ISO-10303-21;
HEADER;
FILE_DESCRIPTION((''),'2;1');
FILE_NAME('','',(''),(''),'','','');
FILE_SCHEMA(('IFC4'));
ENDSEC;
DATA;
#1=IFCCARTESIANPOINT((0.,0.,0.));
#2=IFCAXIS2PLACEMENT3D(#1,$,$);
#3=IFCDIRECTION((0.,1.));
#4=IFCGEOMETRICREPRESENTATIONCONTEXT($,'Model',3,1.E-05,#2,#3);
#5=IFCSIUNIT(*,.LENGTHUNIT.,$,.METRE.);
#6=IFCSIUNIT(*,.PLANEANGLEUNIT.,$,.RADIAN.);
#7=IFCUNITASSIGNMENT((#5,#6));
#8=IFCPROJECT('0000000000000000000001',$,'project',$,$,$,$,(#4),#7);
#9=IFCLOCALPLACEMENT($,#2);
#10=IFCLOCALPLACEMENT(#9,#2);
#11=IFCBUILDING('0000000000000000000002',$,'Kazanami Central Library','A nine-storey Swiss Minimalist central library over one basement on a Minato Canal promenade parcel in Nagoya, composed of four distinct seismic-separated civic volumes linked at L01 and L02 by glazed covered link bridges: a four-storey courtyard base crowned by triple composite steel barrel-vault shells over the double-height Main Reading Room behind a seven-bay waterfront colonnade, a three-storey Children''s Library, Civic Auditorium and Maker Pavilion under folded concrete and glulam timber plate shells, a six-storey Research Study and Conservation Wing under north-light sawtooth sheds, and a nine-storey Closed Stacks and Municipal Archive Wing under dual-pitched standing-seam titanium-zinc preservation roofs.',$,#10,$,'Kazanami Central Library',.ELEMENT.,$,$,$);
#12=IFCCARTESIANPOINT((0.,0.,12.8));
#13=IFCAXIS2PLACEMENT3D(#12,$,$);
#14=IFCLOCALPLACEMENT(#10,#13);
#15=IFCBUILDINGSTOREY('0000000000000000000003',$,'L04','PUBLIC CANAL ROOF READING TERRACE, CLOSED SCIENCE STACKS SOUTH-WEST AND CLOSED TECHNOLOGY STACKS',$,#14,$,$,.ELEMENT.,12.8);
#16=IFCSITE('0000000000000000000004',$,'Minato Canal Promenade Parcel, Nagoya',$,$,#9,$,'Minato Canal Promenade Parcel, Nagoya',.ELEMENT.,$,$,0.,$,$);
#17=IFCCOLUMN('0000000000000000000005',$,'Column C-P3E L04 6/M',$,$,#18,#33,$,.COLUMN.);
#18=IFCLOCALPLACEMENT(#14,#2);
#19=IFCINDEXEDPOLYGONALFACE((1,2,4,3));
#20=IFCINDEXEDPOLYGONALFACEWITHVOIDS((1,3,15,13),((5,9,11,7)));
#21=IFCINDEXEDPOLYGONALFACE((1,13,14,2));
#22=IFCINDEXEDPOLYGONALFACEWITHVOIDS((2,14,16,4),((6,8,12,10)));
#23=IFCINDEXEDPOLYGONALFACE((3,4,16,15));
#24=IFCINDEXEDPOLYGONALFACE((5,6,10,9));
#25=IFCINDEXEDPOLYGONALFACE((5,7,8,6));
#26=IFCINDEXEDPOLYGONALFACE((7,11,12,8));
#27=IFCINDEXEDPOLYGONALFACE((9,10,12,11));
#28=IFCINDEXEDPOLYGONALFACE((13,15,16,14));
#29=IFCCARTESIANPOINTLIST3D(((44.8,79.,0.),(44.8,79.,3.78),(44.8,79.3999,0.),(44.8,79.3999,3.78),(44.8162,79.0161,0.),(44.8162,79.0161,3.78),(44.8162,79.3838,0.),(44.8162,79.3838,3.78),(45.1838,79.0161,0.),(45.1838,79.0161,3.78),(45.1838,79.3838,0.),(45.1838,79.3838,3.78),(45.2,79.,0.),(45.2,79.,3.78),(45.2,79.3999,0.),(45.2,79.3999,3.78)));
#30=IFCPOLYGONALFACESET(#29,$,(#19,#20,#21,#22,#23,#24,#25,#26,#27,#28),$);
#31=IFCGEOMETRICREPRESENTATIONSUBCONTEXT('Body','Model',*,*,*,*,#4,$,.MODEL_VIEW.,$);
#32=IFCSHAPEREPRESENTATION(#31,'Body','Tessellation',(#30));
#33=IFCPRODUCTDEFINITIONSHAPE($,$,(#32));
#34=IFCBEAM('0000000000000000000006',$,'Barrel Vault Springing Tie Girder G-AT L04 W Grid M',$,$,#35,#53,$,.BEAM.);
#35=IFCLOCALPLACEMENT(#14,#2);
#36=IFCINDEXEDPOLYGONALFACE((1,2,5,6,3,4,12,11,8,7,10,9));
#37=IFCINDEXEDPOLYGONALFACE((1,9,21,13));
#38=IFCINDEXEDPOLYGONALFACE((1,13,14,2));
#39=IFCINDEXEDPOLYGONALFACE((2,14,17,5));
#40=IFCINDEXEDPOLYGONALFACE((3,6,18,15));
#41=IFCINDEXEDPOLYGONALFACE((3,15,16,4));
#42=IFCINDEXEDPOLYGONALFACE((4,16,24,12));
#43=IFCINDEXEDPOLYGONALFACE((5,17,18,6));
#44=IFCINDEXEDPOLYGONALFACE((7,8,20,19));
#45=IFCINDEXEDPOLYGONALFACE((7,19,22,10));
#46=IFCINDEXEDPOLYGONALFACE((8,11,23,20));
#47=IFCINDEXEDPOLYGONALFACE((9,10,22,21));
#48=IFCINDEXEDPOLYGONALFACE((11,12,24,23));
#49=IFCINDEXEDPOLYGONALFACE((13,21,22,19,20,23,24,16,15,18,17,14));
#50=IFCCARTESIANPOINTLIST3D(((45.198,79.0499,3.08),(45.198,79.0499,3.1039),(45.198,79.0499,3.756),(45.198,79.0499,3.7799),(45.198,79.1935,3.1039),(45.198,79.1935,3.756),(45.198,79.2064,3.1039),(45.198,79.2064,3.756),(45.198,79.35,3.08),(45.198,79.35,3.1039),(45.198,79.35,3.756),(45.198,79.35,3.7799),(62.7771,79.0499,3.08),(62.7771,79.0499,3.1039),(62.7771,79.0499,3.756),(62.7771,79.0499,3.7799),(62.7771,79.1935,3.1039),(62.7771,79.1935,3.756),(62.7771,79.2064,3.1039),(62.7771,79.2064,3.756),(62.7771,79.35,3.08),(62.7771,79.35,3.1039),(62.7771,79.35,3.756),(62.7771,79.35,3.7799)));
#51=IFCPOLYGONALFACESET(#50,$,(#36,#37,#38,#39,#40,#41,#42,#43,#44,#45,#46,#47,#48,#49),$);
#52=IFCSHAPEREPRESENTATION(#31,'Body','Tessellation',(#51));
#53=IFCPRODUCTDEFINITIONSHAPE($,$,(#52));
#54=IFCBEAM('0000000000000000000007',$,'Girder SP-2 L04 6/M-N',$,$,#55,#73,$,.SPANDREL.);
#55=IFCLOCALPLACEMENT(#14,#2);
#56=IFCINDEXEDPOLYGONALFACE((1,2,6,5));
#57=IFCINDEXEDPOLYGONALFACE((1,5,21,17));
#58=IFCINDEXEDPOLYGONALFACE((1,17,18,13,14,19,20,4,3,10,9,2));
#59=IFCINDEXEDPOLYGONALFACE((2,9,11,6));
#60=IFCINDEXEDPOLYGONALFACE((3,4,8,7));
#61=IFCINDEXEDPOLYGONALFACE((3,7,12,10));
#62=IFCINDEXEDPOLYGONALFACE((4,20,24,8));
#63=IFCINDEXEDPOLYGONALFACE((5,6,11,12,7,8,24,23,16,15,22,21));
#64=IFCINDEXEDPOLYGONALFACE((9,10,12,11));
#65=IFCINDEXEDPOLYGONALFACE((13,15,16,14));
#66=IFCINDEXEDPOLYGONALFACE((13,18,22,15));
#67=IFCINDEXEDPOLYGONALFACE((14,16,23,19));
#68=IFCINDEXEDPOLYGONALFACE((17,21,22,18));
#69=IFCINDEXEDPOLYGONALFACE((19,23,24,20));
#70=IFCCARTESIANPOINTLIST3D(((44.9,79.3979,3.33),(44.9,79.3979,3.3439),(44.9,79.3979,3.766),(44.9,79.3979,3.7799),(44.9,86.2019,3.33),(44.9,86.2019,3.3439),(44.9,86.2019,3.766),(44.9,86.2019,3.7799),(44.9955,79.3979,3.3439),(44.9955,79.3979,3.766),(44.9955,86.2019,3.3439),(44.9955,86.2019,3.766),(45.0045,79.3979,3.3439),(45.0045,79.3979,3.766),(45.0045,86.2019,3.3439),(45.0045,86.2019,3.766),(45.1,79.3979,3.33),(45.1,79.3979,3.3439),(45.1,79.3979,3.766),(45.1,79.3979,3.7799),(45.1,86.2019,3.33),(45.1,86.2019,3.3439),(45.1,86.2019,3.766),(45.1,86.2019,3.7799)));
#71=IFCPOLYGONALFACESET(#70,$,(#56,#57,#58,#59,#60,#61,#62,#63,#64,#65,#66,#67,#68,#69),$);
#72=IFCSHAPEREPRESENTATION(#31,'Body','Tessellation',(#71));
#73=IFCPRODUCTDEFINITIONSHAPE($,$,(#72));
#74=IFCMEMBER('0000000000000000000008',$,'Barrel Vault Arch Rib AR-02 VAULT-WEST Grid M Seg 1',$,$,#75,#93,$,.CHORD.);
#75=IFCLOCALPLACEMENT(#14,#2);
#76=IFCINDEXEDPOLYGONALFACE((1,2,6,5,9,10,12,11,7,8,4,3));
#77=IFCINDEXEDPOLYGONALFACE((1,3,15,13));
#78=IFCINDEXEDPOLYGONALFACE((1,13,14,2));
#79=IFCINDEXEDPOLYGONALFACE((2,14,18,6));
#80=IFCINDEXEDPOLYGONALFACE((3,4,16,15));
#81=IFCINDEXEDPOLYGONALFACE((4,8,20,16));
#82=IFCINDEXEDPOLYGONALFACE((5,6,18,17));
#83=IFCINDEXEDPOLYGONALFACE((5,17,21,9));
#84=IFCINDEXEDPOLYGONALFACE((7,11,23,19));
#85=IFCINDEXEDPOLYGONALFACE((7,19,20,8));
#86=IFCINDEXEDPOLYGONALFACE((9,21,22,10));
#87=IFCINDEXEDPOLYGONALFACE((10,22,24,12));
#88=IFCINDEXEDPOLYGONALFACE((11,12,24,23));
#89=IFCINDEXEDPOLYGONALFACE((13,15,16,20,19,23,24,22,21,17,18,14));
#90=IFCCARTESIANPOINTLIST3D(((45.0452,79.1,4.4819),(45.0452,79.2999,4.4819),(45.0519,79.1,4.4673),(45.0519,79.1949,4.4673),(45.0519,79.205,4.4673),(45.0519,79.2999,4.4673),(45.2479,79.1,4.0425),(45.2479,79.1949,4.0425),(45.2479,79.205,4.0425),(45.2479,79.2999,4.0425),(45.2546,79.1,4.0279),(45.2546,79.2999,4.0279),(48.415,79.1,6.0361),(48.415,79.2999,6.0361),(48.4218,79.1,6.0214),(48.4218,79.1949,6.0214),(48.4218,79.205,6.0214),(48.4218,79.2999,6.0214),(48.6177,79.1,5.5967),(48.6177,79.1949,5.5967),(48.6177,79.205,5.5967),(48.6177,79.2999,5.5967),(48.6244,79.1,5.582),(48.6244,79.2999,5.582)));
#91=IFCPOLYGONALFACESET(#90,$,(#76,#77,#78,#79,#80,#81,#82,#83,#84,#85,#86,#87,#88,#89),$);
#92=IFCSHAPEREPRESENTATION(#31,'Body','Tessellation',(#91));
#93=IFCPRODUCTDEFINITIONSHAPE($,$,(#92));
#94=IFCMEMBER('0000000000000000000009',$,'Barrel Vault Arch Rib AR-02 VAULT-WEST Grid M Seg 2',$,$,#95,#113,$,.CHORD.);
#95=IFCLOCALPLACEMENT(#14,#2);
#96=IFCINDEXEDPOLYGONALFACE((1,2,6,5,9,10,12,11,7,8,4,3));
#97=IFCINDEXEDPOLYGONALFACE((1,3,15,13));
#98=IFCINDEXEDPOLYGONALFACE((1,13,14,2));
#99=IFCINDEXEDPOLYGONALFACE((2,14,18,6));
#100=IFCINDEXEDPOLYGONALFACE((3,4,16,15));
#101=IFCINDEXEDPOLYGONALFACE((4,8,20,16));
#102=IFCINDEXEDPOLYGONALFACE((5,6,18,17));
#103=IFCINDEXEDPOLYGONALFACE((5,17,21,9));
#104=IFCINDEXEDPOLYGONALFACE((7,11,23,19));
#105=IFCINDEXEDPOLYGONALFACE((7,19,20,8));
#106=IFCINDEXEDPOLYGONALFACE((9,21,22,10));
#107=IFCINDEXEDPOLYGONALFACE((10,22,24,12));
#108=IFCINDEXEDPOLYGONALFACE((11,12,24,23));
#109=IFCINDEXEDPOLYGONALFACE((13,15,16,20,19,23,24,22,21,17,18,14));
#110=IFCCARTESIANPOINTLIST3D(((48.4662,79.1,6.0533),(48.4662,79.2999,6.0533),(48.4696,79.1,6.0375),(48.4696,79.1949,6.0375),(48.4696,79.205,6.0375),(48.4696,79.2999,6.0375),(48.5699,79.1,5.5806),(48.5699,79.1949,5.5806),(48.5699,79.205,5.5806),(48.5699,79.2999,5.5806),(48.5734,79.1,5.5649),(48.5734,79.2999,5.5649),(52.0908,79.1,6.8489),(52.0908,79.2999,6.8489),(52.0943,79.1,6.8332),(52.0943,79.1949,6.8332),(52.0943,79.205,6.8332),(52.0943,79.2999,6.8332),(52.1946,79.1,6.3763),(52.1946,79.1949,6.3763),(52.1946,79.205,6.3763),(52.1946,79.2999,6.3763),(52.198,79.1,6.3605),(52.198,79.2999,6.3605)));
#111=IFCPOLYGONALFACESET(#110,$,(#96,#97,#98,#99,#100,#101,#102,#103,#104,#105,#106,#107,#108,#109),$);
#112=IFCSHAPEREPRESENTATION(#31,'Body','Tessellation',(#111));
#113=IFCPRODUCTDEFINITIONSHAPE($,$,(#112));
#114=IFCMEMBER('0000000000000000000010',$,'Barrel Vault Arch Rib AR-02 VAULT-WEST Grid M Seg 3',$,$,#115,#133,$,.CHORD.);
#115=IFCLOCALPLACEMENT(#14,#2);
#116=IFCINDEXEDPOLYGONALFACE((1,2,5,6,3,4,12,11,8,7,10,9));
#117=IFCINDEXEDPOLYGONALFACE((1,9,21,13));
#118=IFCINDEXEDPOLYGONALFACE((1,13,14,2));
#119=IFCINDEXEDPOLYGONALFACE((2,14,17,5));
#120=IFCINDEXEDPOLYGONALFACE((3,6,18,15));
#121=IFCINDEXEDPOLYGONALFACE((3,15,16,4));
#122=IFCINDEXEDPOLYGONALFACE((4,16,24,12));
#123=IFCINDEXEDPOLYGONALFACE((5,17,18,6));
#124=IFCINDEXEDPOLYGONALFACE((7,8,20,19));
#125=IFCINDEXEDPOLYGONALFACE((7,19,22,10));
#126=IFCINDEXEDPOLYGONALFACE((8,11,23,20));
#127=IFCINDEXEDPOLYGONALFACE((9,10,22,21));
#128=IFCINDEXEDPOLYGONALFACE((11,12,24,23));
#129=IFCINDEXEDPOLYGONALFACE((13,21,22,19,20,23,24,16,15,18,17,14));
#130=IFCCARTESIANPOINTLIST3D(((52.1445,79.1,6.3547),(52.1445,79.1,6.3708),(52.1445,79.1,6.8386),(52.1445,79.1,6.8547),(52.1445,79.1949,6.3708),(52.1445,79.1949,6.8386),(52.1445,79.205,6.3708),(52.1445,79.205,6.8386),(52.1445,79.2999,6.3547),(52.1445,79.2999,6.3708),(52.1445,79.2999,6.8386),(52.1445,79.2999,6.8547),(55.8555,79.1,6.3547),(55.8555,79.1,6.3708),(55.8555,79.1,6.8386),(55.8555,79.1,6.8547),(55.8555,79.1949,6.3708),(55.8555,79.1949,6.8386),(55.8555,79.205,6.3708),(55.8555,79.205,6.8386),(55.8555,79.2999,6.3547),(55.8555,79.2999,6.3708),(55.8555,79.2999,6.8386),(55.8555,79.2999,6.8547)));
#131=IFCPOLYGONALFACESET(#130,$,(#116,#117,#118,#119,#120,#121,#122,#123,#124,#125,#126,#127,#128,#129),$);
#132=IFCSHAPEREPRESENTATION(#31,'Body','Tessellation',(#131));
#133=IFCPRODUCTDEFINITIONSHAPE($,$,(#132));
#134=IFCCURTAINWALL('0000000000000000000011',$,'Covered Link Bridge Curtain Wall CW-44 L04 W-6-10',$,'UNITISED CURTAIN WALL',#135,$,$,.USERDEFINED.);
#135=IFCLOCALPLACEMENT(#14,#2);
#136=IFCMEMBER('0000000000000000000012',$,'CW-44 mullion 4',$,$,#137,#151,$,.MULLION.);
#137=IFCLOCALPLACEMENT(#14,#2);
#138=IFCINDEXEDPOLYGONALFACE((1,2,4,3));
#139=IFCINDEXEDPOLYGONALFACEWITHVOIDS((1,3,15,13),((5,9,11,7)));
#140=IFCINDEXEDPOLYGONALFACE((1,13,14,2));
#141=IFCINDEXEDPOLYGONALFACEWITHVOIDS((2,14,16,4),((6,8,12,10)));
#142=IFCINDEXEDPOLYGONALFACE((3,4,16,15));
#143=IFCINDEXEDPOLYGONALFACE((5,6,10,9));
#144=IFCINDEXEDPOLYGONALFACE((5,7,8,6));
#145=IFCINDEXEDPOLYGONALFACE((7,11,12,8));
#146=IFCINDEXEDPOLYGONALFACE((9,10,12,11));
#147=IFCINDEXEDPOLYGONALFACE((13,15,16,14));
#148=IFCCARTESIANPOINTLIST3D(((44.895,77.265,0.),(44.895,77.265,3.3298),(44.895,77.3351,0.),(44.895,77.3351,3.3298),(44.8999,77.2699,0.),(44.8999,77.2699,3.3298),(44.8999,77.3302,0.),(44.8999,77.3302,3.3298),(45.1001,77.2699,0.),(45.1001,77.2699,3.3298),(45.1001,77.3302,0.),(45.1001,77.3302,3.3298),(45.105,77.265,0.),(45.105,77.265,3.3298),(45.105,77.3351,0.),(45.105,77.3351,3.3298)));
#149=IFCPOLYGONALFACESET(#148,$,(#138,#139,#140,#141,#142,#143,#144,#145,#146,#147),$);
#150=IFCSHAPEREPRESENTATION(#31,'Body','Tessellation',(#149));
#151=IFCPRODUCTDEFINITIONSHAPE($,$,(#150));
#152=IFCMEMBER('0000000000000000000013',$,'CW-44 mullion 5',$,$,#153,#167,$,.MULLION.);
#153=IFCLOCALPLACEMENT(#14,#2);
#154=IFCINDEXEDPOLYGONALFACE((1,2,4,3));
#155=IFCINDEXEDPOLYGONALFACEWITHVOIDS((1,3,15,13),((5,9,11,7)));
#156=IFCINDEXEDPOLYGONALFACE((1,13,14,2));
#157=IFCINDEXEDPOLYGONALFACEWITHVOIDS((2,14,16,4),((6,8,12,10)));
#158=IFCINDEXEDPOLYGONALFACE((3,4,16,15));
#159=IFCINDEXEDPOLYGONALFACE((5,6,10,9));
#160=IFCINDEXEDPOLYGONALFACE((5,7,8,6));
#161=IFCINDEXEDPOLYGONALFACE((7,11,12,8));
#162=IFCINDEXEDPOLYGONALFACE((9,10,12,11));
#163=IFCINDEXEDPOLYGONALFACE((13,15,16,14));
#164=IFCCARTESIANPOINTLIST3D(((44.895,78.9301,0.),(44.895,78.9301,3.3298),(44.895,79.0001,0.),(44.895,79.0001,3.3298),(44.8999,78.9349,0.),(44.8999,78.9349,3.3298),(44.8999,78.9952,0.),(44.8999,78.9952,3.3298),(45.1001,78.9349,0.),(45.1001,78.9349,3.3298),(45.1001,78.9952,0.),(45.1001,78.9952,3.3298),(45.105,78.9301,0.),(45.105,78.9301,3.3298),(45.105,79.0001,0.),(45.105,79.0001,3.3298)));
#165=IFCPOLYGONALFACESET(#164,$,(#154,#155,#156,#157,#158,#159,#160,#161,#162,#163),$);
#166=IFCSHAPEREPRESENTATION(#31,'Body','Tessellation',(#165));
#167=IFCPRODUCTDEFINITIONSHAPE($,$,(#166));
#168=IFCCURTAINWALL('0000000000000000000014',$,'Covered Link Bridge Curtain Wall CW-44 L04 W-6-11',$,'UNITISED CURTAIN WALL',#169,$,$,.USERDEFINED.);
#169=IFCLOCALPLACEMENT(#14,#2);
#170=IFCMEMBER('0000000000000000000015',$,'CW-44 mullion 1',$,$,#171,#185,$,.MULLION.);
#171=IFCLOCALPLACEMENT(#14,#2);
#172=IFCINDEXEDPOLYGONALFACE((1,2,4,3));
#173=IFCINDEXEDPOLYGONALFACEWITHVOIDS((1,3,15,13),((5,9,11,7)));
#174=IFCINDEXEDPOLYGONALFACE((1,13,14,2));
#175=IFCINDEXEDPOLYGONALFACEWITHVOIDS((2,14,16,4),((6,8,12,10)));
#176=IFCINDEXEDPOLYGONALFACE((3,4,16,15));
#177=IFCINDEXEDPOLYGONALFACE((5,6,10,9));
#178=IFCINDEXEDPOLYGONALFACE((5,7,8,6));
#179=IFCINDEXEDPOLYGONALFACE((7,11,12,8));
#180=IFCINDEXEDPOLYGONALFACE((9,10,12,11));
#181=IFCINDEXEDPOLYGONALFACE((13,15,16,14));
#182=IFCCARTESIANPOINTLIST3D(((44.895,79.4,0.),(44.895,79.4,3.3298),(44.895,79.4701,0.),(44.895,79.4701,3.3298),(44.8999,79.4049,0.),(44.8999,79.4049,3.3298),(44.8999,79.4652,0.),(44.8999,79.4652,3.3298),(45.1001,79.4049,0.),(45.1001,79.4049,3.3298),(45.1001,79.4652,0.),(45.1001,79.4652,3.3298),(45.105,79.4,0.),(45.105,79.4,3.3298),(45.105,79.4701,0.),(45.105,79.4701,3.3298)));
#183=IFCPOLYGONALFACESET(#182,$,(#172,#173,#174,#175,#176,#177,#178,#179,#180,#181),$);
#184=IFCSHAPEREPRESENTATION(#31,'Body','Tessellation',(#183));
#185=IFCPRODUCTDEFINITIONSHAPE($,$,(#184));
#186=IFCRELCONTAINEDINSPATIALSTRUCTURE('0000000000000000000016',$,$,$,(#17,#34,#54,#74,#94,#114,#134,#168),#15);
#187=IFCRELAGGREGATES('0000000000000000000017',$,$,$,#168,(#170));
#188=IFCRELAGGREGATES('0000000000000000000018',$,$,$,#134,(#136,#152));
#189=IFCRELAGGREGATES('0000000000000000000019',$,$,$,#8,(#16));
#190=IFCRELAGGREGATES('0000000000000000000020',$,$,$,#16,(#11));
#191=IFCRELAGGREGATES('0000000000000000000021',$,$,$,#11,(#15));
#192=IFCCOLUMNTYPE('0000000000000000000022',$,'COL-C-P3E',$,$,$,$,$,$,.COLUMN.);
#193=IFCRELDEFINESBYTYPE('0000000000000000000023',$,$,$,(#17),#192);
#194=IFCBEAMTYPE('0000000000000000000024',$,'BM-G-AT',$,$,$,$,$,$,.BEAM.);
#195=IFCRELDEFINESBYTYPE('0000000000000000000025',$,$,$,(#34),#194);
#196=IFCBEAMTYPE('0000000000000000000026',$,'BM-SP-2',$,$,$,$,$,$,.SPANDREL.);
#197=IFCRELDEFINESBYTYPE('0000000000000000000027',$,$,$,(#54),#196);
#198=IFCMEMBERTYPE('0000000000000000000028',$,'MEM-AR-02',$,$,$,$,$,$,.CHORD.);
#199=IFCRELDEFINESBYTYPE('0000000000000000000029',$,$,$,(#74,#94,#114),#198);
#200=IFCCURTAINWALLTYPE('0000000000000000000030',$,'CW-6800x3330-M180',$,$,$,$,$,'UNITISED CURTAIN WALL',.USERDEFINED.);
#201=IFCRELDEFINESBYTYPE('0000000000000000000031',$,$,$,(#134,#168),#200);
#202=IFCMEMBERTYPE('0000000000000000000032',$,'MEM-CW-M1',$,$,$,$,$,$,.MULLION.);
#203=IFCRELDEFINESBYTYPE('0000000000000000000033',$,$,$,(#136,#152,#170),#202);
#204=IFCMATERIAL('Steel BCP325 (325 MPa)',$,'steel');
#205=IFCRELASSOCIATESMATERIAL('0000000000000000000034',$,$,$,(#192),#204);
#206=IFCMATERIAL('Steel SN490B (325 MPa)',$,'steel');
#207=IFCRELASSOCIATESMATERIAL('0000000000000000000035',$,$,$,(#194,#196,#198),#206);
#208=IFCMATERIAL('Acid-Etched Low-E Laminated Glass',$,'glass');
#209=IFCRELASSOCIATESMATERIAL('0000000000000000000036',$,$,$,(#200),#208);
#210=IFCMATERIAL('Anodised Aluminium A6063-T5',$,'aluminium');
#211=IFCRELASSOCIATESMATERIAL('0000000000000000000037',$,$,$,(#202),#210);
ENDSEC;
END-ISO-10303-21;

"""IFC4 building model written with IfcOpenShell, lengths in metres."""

from ifc_helpers import new_model, si_unit, direction, frame, origin, origin_2d, place, context, subcontext, project, spatial, hollow_rectangle, i_section, extrude, material, material_profile, profile_set, type_object, element, aggregate, save


model = new_model("IFC4")

# Units and contexts
model_context = context("Model", 3, precision=1e-05, world=origin(), true_north=direction((0.0, 1.0)))
body_context = subcontext(model_context, "Body", "Model", "MODEL_VIEW")
ifc_project = project(units=[si_unit("LENGTHUNIT", "METRE"), si_unit("PLANEANGLEUNIT", "RADIAN")], contexts=[model_context])

# Site, building, storey
site_placement = place(None, origin())
site = spatial("IfcSite", under=ifc_project, at=site_placement, Name="Minato Canal Promenade Parcel, Nagoya", LongName="Minato Canal Promenade Parcel, Nagoya", CompositionType="ELEMENT", RefElevation=0.0)
building_placement = place(site_placement, origin())
building = spatial("IfcBuilding", under=site, at=building_placement, Name="Kazanami Central Library", Description="A nine-storey Swiss Minimalist central library over one basement on a Minato Canal promenade parcel in Nagoya, composed of four distinct seismic-separated civic volumes linked at L01 and L02 by glazed covered link bridges: a four-storey courtyard base crowned by triple composite steel barrel-vault shells over the double-height Main Reading Room behind a seven-bay waterfront colonnade, a three-storey Children's Library, Civic Auditorium and Maker Pavilion under folded concrete and glulam timber plate shells, a six-storey Research Study and Conservation Wing under north-light sawtooth sheds, and a nine-storey Closed Stacks and Municipal Archive Wing under dual-pitched standing-seam titanium-zinc preservation roofs.", LongName="Kazanami Central Library", CompositionType="ELEMENT")
storey_placement = place(building_placement, frame((0.0, 0.0, 12.8)))
storey = spatial("IfcBuildingStorey", under=building, at=storey_placement, Name="L04", Description="PUBLIC CANAL ROOF READING TERRACE, CLOSED SCIENCE STACKS SOUTH-WEST AND CLOSED TECHNOLOGY STACKS", CompositionType="ELEMENT", Elevation=12.8)

# Column
ifc_material_1 = material(Name="Steel BCP325 (325 MPa)", Category="steel")
ifc_material_profile_1 = material_profile(ifc_material_1, hollow_rectangle(XDim=0.3999, YDim=0.3999, WallThickness=0.0161, at=origin_2d()), Name="BCP-400x400x16")
ifc_profile_set_1 = profile_set([ifc_material_profile_1], Name="Steel BCP325 (325 MPa)")
column_type = type_object("IfcColumnType", Name="COL-C-P3E", PredefinedType="COLUMN", material=ifc_profile_set_1)
column_placement = place(storey_placement, frame((45.0, 79.2, 0.0), z_axis=(0.0, 0.0, 1.0), x_axis=(1.0, 0.0, 0.0)))
element("IfcColumn", 1, at=column_placement, inside=storey, type_object=column_type, Name="Column C-P3E L04 6/M", PredefinedType="COLUMN", context=body_context, shape_type="SweptSolid", body=[
    extrude(hollow_rectangle(XDim=0.3999, YDim=0.3999, WallThickness=0.0161, at=origin_2d()), origin(), (0.0, 0.0, 1.0), 3.78),
])

# Beams
ifc_material_2 = material(Name="Steel SN490B (325 MPa)", Category="steel")
ifc_material_profile_2 = material_profile(ifc_material_2, i_section(OverallWidth=0.3, OverallDepth=0.7, WebThickness=0.0129, FlangeThickness=0.0239, at=origin_2d()), Name="H-700x300x13x24")
ifc_profile_set_2 = profile_set([ifc_material_profile_2], Name="Steel SN490B (325 MPa)")
beam_type_1 = type_object("IfcBeamType", Name="BM-G-AT", PredefinedType="BEAM", material=ifc_profile_set_2)
beam_1_placement = place(storey_placement, frame((45.198, 79.2, 3.4299), z_axis=(1.0, 0.0, 0.0), x_axis=(0.0, 1.0, 0.0)))
element("IfcBeam", 2, at=beam_1_placement, inside=storey, type_object=beam_type_1, Name="Barrel Vault Springing Tie Girder G-AT L04 W Grid M", PredefinedType="BEAM", context=body_context, shape_type="SweptSolid", body=[
    extrude(i_section(OverallWidth=0.3, OverallDepth=0.7, WebThickness=0.0129, FlangeThickness=0.0239, at=origin_2d()), origin(), (0.0, 0.0, 1.0), 17.5791),
])
ifc_material_profile_3 = material_profile(ifc_material_2, i_section(OverallWidth=0.2, OverallDepth=0.45, WebThickness=0.009, FlangeThickness=0.0139, at=origin_2d()), Name="H-450x200x9x14")
ifc_profile_set_3 = profile_set([ifc_material_profile_3], Name="Steel SN490B (325 MPa)")
beam_type_2 = type_object("IfcBeamType", Name="BM-SP-2", PredefinedType="SPANDREL", material=ifc_profile_set_3)
beam_2_placement = place(storey_placement, frame((45.0, 79.3979, 3.5549), z_axis=(0.0, 1.0, 0.0), x_axis=(-1.0, 0.0, 0.0)))
element("IfcBeam", 3, at=beam_2_placement, inside=storey, type_object=beam_type_2, Name="Girder SP-2 L04 6/M-N", PredefinedType="SPANDREL", context=body_context, shape_type="SweptSolid", body=[
    extrude(i_section(OverallWidth=0.2, OverallDepth=0.45, WebThickness=0.009, FlangeThickness=0.0139, at=origin_2d()), origin(), (0.0, 0.0, 1.0), 6.804),
])

# Members
ifc_material_profile_4 = material_profile(ifc_material_2, i_section(OverallWidth=0.2, OverallDepth=0.5, WebThickness=0.01, FlangeThickness=0.0161, at=origin_2d()), Name="H-500x200x10x16")
ifc_profile_set_4 = profile_set([ifc_material_profile_4], Name="Steel SN490B (325 MPa)")
member_type_1 = type_object("IfcMemberType", Name="MEM-AR-02", PredefinedType="CHORD", material=ifc_profile_set_4)
for number, where, z_axis, x_axis, name in (
    (4, (45.1499, 79.2, 4.2549), (0.908075, 0.0, 0.418808), (0.0, 1.0, 0.0), "Barrel Vault Arch Rib AR-02 VAULT-WEST Grid M Seg 1"),
    (5, (48.5198, 79.2, 5.8091), (0.976746, 0.0, 0.214401), (0.0, 1.0, 0.0), "Barrel Vault Arch Rib AR-02 VAULT-WEST Grid M Seg 2"),
    (6, (52.1445, 79.2, 6.6047), (1.0, 0.0, 0.0), (0.0, 1.0, 0.0), "Barrel Vault Arch Rib AR-02 VAULT-WEST Grid M Seg 3"),
):
    element("IfcMember", number, at=place(storey_placement, frame(where, z_axis=z_axis, x_axis=x_axis)), inside=storey, type_object=member_type_1, Name=name, PredefinedType="CHORD", context=body_context, shape_type="SweptSolid", body=[
        extrude(i_section(OverallWidth=0.2, OverallDepth=0.5, WebThickness=0.01, FlangeThickness=0.0161, at=origin_2d()), origin(), (0.0, 0.0, 1.0), 3.7109),
    ])

# Curtain wall, members
ifc_material_3 = material(Name="Acid-Etched Low-E Laminated Glass", Category="glass")
curtain_wall_type = type_object("IfcCurtainWallType", Name="CW-6800x3330-M180", ElementType="UNITISED CURTAIN WALL", PredefinedType="USERDEFINED", material=ifc_material_3)
curtain_wall_1_placement = place(storey_placement, origin())
curtain_wall_1 = element("IfcCurtainWall", 7, at=curtain_wall_1_placement, inside=storey, type_object=curtain_wall_type, Name="Covered Link Bridge Curtain Wall CW-44 L04 W-6-10", ObjectType="UNITISED CURTAIN WALL", PredefinedType="USERDEFINED")
ifc_material_4 = material(Name="Anodised Aluminium A6063-T5", Category="aluminium")
ifc_material_profile_5 = material_profile(ifc_material_4, hollow_rectangle(XDim=0.0701, YDim=0.21, WallThickness=0.0049, at=origin_2d()), Name="ALU-MULL-70x210x5")
ifc_profile_set_5 = profile_set([ifc_material_profile_5], Name="Anodised Aluminium A6063-T5")
member_type_2 = type_object("IfcMemberType", Name="MEM-CW-M1", PredefinedType="MULLION", material=ifc_profile_set_5)
member_1_placement = place(storey_placement, frame((45.0, 77.3, 0.0), z_axis=(0.0, 0.0, 1.0), x_axis=(0.0, 1.0, 0.0)))
member_1 = element("IfcMember", 8, at=member_1_placement, type_object=member_type_2, Name="CW-44 mullion 4", PredefinedType="MULLION", context=body_context, shape_type="SweptSolid", body=[
    extrude(hollow_rectangle(XDim=0.0701, YDim=0.21, WallThickness=0.0049, at=origin_2d()), origin(), (0.0, 0.0, 1.0), 3.3298),
])
member_2_placement = place(storey_placement, frame((45.0, 78.9651, 0.0), z_axis=(0.0, 0.0, 1.0), x_axis=(0.0, 1.0, 0.0)))
member_2 = element("IfcMember", 9, at=member_2_placement, type_object=member_type_2, Name="CW-44 mullion 5", PredefinedType="MULLION", context=body_context, shape_type="SweptSolid", body=[
    extrude(hollow_rectangle(XDim=0.0701, YDim=0.21, WallThickness=0.0049, at=origin_2d()), origin(), (0.0, 0.0, 1.0), 3.3298),
])

# Curtain wall, member
curtain_wall_2_placement = place(storey_placement, origin())
curtain_wall_2 = element("IfcCurtainWall", 10, at=curtain_wall_2_placement, inside=storey, type_object=curtain_wall_type, Name="Covered Link Bridge Curtain Wall CW-44 L04 W-6-11", ObjectType="UNITISED CURTAIN WALL", PredefinedType="USERDEFINED")
member_3_placement = place(storey_placement, frame((45.0, 79.4351, 0.0), z_axis=(0.0, 0.0, 1.0), x_axis=(0.0, 1.0, 0.0)))
member_3 = element("IfcMember", 11, at=member_3_placement, type_object=member_type_2, Name="CW-44 mullion 1", PredefinedType="MULLION", context=body_context, shape_type="SweptSolid", body=[
    extrude(hollow_rectangle(XDim=0.0701, YDim=0.21, WallThickness=0.0049, at=origin_2d()), origin(), (0.0, 0.0, 1.0), 3.3298),
])

aggregate(curtain_wall_2, [member_3])

aggregate(curtain_wall_1, [member_1, member_2])

save(model, "model.ifc")
